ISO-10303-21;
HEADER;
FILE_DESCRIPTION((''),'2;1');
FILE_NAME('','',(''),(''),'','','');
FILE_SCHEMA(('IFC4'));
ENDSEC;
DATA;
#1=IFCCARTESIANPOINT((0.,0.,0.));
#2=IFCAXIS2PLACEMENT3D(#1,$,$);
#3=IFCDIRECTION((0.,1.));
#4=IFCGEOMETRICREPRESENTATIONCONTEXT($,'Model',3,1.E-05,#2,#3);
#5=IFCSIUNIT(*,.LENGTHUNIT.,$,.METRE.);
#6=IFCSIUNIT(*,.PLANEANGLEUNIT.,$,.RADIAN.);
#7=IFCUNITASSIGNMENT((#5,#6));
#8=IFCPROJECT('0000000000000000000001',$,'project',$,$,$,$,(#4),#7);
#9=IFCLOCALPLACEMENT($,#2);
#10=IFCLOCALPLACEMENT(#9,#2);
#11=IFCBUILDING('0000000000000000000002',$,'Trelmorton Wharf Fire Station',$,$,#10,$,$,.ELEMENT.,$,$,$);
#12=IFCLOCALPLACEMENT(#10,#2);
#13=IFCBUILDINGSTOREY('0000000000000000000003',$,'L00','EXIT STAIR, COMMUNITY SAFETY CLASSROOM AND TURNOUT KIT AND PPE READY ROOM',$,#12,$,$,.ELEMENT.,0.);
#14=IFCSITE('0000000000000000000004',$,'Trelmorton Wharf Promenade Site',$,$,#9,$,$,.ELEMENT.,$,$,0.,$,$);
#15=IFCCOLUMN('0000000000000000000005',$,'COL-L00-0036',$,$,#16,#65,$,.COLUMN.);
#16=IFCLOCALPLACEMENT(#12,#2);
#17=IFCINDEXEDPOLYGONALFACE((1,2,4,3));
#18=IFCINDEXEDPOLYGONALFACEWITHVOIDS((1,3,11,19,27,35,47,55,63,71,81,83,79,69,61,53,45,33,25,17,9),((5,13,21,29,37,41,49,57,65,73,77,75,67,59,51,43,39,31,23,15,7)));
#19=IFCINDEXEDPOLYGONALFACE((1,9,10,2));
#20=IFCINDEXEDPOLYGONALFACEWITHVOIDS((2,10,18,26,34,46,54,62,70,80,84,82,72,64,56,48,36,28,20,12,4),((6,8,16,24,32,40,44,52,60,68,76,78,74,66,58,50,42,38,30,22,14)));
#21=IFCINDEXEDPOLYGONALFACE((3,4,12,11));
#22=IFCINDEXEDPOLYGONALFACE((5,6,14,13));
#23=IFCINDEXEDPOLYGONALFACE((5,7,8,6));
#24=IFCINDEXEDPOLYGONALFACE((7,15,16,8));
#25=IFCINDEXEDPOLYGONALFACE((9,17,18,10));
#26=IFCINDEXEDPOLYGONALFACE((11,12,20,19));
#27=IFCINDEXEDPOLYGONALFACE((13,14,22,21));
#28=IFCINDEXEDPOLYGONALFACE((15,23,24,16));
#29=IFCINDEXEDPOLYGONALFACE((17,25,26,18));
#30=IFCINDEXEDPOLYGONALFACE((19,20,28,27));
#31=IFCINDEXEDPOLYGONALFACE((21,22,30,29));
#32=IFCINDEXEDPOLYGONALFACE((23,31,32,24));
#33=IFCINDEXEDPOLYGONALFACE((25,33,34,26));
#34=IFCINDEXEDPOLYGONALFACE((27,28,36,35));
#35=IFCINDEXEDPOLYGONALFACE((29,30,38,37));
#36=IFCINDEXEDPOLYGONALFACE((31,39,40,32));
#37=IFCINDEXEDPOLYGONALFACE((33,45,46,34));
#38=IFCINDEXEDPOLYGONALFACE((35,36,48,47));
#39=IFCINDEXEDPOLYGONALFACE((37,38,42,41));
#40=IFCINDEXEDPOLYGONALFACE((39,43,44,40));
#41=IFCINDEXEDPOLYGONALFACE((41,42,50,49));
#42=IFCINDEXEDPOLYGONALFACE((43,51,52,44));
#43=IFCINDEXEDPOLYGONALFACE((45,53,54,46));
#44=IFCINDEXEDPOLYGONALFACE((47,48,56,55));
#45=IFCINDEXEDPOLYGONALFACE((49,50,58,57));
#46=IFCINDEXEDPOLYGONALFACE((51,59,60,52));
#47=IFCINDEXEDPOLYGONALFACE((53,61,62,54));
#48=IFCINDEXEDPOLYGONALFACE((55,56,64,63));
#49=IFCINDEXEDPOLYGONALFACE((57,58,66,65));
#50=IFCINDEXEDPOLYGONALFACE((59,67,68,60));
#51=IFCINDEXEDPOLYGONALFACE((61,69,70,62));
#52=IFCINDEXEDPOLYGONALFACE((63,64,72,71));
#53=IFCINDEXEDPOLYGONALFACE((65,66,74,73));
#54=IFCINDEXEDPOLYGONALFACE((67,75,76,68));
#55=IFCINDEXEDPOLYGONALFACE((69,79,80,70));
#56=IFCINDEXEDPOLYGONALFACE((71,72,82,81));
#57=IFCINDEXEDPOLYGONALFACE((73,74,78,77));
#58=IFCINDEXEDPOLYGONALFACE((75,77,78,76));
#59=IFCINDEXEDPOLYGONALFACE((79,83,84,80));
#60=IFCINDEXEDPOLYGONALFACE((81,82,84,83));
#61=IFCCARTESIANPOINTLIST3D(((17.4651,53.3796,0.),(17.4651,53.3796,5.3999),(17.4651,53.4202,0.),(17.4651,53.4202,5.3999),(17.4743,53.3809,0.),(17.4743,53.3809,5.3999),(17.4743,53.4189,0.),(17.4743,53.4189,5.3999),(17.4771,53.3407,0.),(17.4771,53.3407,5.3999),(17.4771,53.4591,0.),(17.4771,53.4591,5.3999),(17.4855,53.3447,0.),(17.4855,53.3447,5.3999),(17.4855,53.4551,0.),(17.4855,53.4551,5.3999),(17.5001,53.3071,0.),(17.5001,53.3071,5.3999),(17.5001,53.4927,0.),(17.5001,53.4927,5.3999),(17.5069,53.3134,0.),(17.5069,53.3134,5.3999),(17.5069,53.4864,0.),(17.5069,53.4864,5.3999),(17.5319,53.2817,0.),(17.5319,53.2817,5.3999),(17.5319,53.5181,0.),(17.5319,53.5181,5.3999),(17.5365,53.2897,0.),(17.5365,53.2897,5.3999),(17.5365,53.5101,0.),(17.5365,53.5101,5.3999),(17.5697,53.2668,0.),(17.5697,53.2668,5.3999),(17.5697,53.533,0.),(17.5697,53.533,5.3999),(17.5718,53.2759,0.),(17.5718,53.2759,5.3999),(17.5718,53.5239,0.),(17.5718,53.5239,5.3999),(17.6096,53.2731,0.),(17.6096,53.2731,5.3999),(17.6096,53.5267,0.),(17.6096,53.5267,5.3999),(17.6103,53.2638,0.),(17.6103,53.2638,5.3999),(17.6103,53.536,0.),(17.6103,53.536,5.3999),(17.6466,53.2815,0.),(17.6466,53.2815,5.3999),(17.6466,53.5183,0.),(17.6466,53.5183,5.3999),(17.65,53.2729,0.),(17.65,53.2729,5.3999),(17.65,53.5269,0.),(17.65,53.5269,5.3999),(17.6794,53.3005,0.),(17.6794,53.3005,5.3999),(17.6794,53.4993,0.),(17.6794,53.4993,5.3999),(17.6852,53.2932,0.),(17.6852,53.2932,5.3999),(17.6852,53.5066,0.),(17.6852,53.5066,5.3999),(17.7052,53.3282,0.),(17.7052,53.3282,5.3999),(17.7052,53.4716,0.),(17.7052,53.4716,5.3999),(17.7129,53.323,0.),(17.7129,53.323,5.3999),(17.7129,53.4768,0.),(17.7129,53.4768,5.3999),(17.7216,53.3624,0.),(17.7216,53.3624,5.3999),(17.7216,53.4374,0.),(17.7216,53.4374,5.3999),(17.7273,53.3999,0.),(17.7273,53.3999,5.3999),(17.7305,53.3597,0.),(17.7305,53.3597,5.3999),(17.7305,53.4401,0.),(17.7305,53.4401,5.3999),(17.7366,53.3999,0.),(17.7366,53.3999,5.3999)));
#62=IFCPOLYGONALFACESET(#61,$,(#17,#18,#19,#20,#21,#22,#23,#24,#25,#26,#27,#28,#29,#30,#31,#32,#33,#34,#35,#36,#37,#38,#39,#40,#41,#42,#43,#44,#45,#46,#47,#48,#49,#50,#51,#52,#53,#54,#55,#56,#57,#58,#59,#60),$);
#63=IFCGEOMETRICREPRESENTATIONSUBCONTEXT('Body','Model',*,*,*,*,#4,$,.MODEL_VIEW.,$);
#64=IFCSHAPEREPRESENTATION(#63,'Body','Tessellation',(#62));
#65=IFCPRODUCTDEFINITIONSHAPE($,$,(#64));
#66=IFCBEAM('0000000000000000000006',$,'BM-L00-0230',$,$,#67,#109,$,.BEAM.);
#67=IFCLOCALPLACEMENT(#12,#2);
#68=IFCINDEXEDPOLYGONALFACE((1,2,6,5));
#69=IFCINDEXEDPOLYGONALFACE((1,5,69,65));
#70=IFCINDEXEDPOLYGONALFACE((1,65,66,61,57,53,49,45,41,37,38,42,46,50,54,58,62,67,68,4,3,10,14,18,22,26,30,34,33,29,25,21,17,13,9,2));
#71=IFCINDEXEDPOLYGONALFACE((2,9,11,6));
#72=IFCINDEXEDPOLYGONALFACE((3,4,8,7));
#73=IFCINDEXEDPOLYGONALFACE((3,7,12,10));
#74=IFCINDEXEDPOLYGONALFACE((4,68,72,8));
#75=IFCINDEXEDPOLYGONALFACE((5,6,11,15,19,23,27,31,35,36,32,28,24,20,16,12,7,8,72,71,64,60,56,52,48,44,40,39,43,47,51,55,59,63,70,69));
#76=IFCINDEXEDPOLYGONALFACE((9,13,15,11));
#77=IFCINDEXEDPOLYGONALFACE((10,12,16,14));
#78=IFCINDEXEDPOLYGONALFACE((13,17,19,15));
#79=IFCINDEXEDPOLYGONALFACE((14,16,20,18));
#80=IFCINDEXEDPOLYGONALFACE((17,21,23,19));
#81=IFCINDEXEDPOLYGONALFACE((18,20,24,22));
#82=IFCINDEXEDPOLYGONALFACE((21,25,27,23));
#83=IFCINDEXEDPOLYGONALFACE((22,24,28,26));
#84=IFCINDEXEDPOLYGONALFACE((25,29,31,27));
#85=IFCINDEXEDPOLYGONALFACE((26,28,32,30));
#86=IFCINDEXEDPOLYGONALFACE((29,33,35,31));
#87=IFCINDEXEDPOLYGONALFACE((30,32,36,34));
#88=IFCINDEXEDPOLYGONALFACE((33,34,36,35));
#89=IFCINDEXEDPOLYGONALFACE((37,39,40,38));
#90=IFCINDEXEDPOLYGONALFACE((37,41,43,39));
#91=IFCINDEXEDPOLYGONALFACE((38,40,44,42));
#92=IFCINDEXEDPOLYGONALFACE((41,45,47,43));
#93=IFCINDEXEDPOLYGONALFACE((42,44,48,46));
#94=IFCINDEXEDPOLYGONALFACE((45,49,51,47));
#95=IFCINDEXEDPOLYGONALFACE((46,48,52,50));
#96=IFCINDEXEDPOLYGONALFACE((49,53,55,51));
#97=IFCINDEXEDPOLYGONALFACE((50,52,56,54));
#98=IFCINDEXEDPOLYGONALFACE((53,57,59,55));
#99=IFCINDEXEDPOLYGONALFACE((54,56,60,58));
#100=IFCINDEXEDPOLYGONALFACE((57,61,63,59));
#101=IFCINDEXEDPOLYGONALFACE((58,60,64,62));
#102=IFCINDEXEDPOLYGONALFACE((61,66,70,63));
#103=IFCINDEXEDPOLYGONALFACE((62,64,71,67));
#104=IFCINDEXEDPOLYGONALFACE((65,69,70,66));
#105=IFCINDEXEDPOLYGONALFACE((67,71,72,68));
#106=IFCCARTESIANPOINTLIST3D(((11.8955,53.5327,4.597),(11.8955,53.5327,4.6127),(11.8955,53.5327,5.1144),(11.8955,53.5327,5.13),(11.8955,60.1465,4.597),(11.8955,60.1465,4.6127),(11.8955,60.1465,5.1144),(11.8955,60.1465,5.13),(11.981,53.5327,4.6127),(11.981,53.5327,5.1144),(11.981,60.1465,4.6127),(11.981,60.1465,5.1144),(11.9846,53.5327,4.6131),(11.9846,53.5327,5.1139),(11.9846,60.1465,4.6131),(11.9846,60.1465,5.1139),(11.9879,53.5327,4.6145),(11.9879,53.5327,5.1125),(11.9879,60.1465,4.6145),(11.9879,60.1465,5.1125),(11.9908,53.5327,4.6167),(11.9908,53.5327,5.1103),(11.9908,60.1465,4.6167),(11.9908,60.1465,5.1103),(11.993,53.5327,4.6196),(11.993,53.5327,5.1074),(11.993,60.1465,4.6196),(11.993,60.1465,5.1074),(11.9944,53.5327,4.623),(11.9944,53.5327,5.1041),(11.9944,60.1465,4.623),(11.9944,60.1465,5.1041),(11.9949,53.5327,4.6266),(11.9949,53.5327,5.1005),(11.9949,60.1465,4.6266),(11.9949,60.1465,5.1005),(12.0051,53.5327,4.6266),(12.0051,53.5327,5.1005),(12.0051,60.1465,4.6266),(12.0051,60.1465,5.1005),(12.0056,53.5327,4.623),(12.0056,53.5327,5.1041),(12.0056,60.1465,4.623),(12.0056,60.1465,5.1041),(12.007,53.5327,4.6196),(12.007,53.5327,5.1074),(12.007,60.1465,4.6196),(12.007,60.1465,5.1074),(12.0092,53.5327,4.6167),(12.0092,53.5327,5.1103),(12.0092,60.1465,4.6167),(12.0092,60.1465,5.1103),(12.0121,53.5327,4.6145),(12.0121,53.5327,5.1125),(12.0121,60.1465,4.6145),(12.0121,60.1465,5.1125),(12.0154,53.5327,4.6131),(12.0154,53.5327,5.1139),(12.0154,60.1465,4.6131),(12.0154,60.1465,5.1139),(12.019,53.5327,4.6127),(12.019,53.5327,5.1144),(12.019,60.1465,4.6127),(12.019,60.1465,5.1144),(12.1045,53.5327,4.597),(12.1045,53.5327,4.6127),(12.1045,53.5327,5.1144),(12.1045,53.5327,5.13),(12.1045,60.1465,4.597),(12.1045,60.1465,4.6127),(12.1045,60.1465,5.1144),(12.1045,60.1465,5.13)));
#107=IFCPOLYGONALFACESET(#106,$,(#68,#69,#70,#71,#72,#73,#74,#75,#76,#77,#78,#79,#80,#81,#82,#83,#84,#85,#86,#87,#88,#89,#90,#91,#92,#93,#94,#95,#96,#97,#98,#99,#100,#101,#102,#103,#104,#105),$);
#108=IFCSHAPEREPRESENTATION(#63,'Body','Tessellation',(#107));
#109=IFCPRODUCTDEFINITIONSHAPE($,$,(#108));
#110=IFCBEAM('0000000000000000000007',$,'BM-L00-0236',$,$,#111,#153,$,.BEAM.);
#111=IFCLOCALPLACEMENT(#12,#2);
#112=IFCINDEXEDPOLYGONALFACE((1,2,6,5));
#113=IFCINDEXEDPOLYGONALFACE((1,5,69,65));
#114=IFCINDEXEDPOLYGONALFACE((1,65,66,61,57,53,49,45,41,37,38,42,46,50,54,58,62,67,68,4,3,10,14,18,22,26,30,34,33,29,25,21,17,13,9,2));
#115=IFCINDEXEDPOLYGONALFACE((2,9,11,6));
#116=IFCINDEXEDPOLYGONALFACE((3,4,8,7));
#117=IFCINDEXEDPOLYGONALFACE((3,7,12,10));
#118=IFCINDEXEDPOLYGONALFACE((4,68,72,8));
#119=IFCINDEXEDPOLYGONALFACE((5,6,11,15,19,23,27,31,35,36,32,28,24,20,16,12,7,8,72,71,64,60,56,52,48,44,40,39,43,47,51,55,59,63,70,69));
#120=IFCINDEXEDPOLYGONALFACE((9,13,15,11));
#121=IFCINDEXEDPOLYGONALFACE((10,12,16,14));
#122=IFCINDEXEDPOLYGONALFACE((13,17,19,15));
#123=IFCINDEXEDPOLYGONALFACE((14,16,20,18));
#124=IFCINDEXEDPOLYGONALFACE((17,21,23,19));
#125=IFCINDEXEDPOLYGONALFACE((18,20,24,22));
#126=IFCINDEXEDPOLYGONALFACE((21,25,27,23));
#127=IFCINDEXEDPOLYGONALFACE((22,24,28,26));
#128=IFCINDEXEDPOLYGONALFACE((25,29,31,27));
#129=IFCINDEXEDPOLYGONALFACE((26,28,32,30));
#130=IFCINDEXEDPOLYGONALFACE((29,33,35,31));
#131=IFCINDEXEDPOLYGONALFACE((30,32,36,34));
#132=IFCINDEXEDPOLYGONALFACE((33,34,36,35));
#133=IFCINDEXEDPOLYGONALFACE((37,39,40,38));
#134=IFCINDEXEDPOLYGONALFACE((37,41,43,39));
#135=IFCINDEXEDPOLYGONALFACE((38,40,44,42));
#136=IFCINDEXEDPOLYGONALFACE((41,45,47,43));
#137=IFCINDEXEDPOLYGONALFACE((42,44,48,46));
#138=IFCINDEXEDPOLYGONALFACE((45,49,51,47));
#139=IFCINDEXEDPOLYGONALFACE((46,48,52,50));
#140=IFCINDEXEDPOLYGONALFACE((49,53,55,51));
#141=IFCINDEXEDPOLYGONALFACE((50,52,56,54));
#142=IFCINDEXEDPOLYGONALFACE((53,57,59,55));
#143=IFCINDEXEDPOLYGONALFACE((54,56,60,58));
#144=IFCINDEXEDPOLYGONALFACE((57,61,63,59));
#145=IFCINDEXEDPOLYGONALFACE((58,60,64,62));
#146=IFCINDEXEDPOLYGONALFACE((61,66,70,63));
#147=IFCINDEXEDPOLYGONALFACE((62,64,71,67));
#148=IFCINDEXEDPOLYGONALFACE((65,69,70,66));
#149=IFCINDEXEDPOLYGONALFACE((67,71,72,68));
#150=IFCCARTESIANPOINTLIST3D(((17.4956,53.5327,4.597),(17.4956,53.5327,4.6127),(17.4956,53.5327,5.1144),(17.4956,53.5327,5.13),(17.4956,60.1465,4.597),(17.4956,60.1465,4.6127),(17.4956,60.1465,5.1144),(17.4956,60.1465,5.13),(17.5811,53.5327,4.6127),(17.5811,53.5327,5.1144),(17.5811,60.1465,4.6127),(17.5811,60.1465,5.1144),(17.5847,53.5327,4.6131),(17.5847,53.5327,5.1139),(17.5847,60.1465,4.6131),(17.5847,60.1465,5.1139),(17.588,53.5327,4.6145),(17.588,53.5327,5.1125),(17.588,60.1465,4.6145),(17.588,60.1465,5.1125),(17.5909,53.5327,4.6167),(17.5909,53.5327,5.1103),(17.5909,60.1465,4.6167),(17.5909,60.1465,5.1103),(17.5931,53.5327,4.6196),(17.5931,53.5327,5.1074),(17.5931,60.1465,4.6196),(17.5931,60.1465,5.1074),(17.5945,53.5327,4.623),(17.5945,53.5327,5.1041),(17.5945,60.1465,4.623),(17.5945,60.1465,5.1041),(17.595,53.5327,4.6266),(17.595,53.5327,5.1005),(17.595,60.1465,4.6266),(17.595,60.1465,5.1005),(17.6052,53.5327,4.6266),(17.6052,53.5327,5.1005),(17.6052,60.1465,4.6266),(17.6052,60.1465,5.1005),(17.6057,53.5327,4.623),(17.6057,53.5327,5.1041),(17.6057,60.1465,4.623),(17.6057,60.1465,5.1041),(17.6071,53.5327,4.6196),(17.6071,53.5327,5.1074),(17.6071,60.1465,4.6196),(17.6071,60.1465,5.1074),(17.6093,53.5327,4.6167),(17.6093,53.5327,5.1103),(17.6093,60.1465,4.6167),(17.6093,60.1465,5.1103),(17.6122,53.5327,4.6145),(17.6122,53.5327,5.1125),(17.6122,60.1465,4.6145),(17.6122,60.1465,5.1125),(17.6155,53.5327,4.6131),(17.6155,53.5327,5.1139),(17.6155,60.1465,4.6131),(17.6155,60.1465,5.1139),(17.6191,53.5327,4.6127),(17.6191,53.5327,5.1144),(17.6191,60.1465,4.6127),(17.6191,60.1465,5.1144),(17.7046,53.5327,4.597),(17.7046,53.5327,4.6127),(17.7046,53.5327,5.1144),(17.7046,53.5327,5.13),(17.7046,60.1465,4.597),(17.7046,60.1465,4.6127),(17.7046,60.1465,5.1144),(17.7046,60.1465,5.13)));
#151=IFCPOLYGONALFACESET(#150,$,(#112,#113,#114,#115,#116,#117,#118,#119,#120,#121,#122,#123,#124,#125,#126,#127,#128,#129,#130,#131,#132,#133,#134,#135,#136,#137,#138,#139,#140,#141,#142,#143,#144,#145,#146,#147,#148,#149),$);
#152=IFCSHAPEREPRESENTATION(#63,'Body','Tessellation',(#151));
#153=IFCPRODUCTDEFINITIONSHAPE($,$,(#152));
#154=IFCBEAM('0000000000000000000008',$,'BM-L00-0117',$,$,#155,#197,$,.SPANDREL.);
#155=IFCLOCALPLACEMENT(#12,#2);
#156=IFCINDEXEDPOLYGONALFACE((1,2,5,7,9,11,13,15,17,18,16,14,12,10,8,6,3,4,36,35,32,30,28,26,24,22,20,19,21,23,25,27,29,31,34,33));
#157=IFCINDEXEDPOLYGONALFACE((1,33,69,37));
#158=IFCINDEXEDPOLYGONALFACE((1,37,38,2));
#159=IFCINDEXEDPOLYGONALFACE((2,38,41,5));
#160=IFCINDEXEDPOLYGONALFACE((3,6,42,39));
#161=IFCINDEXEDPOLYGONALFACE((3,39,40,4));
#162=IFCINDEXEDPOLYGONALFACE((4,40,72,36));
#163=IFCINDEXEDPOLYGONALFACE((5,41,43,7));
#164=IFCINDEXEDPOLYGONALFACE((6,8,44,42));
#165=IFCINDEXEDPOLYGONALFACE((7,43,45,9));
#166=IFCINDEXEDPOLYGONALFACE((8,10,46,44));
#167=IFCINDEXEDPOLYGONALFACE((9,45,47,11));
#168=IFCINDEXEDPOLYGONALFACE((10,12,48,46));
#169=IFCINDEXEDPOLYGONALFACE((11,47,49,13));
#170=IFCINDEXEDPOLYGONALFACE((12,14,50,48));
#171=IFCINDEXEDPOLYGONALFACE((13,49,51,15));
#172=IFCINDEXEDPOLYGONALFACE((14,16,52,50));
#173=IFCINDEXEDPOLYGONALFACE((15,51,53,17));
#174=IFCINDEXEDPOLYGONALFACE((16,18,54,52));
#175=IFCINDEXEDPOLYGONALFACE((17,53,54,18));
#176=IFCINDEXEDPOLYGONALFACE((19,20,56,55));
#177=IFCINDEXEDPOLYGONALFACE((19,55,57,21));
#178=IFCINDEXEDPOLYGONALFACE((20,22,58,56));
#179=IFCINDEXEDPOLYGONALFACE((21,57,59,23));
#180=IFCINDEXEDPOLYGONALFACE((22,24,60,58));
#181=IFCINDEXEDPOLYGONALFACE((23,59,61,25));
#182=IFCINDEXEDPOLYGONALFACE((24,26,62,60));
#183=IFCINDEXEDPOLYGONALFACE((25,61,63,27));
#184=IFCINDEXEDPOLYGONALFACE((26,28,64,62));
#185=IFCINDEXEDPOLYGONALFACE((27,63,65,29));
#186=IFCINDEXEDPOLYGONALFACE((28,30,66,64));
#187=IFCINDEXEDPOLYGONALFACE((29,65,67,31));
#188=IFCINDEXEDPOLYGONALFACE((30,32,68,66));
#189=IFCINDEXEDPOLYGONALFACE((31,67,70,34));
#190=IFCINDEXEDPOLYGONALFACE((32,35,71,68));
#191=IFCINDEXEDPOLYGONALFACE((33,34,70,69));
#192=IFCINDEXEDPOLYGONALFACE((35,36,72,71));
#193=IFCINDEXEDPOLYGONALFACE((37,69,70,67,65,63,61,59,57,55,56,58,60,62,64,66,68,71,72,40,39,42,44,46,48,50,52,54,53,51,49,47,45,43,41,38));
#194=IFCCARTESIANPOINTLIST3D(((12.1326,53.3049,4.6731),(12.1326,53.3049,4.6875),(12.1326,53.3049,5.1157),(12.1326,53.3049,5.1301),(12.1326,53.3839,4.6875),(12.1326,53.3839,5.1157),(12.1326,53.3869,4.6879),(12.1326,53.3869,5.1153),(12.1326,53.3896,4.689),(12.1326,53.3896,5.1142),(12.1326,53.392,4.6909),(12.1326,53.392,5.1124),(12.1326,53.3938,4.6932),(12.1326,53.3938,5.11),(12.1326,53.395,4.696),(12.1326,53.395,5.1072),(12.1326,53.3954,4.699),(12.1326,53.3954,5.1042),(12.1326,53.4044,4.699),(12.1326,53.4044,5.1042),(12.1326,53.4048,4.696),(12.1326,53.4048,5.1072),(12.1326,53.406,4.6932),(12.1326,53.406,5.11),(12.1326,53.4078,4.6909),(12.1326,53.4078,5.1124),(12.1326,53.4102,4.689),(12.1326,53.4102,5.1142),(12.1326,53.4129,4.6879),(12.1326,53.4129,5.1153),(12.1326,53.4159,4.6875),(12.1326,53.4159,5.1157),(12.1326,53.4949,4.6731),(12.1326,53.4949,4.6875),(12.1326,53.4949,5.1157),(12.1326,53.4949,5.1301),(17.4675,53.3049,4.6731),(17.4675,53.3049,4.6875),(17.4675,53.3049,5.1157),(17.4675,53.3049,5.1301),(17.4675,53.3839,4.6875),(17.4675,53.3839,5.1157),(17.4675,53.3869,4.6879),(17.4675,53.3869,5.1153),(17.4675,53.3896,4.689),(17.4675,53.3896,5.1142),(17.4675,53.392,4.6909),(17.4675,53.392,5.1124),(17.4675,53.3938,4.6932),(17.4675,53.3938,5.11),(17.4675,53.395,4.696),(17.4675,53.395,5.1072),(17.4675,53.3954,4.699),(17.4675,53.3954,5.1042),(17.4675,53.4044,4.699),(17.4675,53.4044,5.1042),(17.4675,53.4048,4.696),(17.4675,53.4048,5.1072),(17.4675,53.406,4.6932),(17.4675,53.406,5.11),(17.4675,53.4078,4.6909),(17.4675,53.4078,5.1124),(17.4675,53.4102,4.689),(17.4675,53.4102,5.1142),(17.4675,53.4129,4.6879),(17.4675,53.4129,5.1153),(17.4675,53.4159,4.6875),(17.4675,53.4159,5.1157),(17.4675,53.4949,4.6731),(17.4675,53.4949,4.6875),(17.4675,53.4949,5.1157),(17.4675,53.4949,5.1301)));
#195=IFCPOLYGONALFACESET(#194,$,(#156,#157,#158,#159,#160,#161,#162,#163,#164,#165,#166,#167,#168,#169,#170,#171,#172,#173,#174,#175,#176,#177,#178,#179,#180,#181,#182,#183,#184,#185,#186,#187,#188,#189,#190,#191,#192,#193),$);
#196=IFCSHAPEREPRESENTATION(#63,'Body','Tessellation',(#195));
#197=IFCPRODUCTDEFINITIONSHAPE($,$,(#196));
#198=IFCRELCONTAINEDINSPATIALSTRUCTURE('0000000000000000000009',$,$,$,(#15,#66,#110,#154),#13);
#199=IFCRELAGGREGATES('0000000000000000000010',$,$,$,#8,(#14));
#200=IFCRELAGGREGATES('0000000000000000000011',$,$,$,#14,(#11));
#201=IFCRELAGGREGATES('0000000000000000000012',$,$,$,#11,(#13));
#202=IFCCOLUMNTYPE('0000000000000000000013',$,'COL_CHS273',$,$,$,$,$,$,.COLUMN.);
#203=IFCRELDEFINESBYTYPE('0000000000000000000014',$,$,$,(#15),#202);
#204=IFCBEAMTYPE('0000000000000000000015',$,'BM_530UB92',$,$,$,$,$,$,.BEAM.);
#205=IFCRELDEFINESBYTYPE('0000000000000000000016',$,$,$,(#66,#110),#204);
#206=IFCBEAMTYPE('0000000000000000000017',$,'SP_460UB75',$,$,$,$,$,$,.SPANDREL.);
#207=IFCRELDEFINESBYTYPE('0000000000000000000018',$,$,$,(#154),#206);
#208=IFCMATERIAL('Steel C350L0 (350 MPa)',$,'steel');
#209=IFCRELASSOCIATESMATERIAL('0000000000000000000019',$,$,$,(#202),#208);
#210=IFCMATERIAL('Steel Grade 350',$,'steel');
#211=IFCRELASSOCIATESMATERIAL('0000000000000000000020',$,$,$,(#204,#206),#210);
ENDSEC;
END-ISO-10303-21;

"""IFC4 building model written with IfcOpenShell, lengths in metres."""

from ifc_helpers import new_model, si_unit, direction, frame, origin, origin_2d, place, context, subcontext, project, spatial, hollow_circle, i_section, extrude, material, material_profile, profile_set, type_object, element, save


model = new_model("IFC4")

# Units and contexts
model_context = context("Model", 3, precision=1e-05, world=origin(), true_north=direction((0.0, 1.0)))
body_context = subcontext(model_context, "Body", "Model", "MODEL_VIEW")
ifc_project = project(units=[si_unit("LENGTHUNIT", "METRE"), si_unit("PLANEANGLEUNIT", "RADIAN")], contexts=[model_context])

# Site, building, storey
site_placement = place(None, origin())
site = spatial("IfcSite", under=ifc_project, at=site_placement, Name="Trelmorton Wharf Promenade Site", CompositionType="ELEMENT", RefElevation=0.0)
building_placement = place(site_placement, origin())
building = spatial("IfcBuilding", under=site, at=building_placement, Name="Trelmorton Wharf Fire Station", CompositionType="ELEMENT")
storey_placement = place(building_placement, origin())
storey = spatial("IfcBuildingStorey", under=building, at=storey_placement, Name="L00", Description="EXIT STAIR, COMMUNITY SAFETY CLASSROOM AND TURNOUT KIT AND PPE READY ROOM", CompositionType="ELEMENT", Elevation=0.0)

# Column
ifc_material_1 = material(Name="Steel Grade 350", Category="steel")
ifc_material_2 = material(Name="Steel C350L0 (350 MPa)", Category="steel")
ifc_material_profile_1 = material_profile(ifc_material_2, hollow_circle(Radius=0.1365, WallThickness=0.0093, at=origin_2d()), Name="273.1x9.3CHS")
ifc_profile_set_1 = profile_set([ifc_material_profile_1], Name="Steel C350L0 (350 MPa)")
column_type_1 = type_object("IfcColumnType", Name="COL_CHS273", PredefinedType="COLUMN", material=ifc_profile_set_1)
for number, where, z_axis, x_axis, name in (
    (1, (17.6001, 53.3999, 0.0), (0.0, 0.0, 1.0), (1.0, 0.0, 0.0), "COL-L00-0036"),
):
    element("IfcColumn", number, at=place(storey_placement, frame(where, z_axis=z_axis, x_axis=x_axis)), inside=storey, type_object=column_type_1, Name=name, PredefinedType="COLUMN", context=body_context, shape_type="SweptSolid", body=[
        extrude(hollow_circle(Radius=0.1365, WallThickness=0.0093, at=origin_2d()), origin(), (0.0, 0.0, 1.0), 5.3999),
    ])

# Beams
ifc_material_profile_2 = material_profile(ifc_material_1, i_section(OverallWidth=0.209, OverallDepth=0.533, WebThickness=0.0103, FlangeThickness=0.0156, FilletRadius=0.0139, at=origin_2d()), Name="530UB92.4")
ifc_profile_set_2 = profile_set([ifc_material_profile_2], Name="Steel Grade 350")
beam_type_1 = type_object("IfcBeamType", Name="BM_530UB92", PredefinedType="BEAM", material=ifc_profile_set_2)
for number, where, z_axis, x_axis, name in (
    (2, (12.0, 53.5327, 4.8635), (0.0, 1.0, 0.0), (-1.0, 0.0, 0.0), "BM-L00-0230"),
    (3, (17.6001, 53.5327, 4.8635), (0.0, 1.0, 0.0), (-1.0, 0.0, 0.0), "BM-L00-0236"),
):
    element("IfcBeam", number, at=place(storey_placement, frame(where, z_axis=z_axis, x_axis=x_axis)), inside=storey, type_object=beam_type_1, Name=name, PredefinedType="BEAM", context=body_context, shape_type="SweptSolid", body=[
        extrude(i_section(OverallWidth=0.209, OverallDepth=0.533, WebThickness=0.0103, FlangeThickness=0.0156, FilletRadius=0.0139, at=origin_2d()), origin(), (0.0, 0.0, 1.0), 6.6138),
    ])
ifc_material_profile_3 = material_profile(ifc_material_1, i_section(OverallWidth=0.1899, OverallDepth=0.457, WebThickness=0.009, FlangeThickness=0.0144, FilletRadius=0.0115, at=origin_2d()), Name="460UB74.6")
ifc_profile_set_3 = profile_set([ifc_material_profile_3], Name="Steel Grade 350")
beam_type_2 = type_object("IfcBeamType", Name="SP_460UB75", PredefinedType="SPANDREL", material=ifc_profile_set_3)
beam_placement = place(storey_placement, frame((12.1326, 53.3999, 4.9016), z_axis=(1.0, 0.0, 0.0), x_axis=(0.0, 1.0, 0.0)))
element("IfcBeam", 4, at=beam_placement, inside=storey, type_object=beam_type_2, Name="BM-L00-0117", PredefinedType="SPANDREL", context=body_context, shape_type="SweptSolid", body=[
    extrude(i_section(OverallWidth=0.1899, OverallDepth=0.457, WebThickness=0.009, FlangeThickness=0.0144, FilletRadius=0.0115, at=origin_2d()), origin(), (0.0, 0.0, 1.0), 5.335),
])

save(model, "model.ifc")
